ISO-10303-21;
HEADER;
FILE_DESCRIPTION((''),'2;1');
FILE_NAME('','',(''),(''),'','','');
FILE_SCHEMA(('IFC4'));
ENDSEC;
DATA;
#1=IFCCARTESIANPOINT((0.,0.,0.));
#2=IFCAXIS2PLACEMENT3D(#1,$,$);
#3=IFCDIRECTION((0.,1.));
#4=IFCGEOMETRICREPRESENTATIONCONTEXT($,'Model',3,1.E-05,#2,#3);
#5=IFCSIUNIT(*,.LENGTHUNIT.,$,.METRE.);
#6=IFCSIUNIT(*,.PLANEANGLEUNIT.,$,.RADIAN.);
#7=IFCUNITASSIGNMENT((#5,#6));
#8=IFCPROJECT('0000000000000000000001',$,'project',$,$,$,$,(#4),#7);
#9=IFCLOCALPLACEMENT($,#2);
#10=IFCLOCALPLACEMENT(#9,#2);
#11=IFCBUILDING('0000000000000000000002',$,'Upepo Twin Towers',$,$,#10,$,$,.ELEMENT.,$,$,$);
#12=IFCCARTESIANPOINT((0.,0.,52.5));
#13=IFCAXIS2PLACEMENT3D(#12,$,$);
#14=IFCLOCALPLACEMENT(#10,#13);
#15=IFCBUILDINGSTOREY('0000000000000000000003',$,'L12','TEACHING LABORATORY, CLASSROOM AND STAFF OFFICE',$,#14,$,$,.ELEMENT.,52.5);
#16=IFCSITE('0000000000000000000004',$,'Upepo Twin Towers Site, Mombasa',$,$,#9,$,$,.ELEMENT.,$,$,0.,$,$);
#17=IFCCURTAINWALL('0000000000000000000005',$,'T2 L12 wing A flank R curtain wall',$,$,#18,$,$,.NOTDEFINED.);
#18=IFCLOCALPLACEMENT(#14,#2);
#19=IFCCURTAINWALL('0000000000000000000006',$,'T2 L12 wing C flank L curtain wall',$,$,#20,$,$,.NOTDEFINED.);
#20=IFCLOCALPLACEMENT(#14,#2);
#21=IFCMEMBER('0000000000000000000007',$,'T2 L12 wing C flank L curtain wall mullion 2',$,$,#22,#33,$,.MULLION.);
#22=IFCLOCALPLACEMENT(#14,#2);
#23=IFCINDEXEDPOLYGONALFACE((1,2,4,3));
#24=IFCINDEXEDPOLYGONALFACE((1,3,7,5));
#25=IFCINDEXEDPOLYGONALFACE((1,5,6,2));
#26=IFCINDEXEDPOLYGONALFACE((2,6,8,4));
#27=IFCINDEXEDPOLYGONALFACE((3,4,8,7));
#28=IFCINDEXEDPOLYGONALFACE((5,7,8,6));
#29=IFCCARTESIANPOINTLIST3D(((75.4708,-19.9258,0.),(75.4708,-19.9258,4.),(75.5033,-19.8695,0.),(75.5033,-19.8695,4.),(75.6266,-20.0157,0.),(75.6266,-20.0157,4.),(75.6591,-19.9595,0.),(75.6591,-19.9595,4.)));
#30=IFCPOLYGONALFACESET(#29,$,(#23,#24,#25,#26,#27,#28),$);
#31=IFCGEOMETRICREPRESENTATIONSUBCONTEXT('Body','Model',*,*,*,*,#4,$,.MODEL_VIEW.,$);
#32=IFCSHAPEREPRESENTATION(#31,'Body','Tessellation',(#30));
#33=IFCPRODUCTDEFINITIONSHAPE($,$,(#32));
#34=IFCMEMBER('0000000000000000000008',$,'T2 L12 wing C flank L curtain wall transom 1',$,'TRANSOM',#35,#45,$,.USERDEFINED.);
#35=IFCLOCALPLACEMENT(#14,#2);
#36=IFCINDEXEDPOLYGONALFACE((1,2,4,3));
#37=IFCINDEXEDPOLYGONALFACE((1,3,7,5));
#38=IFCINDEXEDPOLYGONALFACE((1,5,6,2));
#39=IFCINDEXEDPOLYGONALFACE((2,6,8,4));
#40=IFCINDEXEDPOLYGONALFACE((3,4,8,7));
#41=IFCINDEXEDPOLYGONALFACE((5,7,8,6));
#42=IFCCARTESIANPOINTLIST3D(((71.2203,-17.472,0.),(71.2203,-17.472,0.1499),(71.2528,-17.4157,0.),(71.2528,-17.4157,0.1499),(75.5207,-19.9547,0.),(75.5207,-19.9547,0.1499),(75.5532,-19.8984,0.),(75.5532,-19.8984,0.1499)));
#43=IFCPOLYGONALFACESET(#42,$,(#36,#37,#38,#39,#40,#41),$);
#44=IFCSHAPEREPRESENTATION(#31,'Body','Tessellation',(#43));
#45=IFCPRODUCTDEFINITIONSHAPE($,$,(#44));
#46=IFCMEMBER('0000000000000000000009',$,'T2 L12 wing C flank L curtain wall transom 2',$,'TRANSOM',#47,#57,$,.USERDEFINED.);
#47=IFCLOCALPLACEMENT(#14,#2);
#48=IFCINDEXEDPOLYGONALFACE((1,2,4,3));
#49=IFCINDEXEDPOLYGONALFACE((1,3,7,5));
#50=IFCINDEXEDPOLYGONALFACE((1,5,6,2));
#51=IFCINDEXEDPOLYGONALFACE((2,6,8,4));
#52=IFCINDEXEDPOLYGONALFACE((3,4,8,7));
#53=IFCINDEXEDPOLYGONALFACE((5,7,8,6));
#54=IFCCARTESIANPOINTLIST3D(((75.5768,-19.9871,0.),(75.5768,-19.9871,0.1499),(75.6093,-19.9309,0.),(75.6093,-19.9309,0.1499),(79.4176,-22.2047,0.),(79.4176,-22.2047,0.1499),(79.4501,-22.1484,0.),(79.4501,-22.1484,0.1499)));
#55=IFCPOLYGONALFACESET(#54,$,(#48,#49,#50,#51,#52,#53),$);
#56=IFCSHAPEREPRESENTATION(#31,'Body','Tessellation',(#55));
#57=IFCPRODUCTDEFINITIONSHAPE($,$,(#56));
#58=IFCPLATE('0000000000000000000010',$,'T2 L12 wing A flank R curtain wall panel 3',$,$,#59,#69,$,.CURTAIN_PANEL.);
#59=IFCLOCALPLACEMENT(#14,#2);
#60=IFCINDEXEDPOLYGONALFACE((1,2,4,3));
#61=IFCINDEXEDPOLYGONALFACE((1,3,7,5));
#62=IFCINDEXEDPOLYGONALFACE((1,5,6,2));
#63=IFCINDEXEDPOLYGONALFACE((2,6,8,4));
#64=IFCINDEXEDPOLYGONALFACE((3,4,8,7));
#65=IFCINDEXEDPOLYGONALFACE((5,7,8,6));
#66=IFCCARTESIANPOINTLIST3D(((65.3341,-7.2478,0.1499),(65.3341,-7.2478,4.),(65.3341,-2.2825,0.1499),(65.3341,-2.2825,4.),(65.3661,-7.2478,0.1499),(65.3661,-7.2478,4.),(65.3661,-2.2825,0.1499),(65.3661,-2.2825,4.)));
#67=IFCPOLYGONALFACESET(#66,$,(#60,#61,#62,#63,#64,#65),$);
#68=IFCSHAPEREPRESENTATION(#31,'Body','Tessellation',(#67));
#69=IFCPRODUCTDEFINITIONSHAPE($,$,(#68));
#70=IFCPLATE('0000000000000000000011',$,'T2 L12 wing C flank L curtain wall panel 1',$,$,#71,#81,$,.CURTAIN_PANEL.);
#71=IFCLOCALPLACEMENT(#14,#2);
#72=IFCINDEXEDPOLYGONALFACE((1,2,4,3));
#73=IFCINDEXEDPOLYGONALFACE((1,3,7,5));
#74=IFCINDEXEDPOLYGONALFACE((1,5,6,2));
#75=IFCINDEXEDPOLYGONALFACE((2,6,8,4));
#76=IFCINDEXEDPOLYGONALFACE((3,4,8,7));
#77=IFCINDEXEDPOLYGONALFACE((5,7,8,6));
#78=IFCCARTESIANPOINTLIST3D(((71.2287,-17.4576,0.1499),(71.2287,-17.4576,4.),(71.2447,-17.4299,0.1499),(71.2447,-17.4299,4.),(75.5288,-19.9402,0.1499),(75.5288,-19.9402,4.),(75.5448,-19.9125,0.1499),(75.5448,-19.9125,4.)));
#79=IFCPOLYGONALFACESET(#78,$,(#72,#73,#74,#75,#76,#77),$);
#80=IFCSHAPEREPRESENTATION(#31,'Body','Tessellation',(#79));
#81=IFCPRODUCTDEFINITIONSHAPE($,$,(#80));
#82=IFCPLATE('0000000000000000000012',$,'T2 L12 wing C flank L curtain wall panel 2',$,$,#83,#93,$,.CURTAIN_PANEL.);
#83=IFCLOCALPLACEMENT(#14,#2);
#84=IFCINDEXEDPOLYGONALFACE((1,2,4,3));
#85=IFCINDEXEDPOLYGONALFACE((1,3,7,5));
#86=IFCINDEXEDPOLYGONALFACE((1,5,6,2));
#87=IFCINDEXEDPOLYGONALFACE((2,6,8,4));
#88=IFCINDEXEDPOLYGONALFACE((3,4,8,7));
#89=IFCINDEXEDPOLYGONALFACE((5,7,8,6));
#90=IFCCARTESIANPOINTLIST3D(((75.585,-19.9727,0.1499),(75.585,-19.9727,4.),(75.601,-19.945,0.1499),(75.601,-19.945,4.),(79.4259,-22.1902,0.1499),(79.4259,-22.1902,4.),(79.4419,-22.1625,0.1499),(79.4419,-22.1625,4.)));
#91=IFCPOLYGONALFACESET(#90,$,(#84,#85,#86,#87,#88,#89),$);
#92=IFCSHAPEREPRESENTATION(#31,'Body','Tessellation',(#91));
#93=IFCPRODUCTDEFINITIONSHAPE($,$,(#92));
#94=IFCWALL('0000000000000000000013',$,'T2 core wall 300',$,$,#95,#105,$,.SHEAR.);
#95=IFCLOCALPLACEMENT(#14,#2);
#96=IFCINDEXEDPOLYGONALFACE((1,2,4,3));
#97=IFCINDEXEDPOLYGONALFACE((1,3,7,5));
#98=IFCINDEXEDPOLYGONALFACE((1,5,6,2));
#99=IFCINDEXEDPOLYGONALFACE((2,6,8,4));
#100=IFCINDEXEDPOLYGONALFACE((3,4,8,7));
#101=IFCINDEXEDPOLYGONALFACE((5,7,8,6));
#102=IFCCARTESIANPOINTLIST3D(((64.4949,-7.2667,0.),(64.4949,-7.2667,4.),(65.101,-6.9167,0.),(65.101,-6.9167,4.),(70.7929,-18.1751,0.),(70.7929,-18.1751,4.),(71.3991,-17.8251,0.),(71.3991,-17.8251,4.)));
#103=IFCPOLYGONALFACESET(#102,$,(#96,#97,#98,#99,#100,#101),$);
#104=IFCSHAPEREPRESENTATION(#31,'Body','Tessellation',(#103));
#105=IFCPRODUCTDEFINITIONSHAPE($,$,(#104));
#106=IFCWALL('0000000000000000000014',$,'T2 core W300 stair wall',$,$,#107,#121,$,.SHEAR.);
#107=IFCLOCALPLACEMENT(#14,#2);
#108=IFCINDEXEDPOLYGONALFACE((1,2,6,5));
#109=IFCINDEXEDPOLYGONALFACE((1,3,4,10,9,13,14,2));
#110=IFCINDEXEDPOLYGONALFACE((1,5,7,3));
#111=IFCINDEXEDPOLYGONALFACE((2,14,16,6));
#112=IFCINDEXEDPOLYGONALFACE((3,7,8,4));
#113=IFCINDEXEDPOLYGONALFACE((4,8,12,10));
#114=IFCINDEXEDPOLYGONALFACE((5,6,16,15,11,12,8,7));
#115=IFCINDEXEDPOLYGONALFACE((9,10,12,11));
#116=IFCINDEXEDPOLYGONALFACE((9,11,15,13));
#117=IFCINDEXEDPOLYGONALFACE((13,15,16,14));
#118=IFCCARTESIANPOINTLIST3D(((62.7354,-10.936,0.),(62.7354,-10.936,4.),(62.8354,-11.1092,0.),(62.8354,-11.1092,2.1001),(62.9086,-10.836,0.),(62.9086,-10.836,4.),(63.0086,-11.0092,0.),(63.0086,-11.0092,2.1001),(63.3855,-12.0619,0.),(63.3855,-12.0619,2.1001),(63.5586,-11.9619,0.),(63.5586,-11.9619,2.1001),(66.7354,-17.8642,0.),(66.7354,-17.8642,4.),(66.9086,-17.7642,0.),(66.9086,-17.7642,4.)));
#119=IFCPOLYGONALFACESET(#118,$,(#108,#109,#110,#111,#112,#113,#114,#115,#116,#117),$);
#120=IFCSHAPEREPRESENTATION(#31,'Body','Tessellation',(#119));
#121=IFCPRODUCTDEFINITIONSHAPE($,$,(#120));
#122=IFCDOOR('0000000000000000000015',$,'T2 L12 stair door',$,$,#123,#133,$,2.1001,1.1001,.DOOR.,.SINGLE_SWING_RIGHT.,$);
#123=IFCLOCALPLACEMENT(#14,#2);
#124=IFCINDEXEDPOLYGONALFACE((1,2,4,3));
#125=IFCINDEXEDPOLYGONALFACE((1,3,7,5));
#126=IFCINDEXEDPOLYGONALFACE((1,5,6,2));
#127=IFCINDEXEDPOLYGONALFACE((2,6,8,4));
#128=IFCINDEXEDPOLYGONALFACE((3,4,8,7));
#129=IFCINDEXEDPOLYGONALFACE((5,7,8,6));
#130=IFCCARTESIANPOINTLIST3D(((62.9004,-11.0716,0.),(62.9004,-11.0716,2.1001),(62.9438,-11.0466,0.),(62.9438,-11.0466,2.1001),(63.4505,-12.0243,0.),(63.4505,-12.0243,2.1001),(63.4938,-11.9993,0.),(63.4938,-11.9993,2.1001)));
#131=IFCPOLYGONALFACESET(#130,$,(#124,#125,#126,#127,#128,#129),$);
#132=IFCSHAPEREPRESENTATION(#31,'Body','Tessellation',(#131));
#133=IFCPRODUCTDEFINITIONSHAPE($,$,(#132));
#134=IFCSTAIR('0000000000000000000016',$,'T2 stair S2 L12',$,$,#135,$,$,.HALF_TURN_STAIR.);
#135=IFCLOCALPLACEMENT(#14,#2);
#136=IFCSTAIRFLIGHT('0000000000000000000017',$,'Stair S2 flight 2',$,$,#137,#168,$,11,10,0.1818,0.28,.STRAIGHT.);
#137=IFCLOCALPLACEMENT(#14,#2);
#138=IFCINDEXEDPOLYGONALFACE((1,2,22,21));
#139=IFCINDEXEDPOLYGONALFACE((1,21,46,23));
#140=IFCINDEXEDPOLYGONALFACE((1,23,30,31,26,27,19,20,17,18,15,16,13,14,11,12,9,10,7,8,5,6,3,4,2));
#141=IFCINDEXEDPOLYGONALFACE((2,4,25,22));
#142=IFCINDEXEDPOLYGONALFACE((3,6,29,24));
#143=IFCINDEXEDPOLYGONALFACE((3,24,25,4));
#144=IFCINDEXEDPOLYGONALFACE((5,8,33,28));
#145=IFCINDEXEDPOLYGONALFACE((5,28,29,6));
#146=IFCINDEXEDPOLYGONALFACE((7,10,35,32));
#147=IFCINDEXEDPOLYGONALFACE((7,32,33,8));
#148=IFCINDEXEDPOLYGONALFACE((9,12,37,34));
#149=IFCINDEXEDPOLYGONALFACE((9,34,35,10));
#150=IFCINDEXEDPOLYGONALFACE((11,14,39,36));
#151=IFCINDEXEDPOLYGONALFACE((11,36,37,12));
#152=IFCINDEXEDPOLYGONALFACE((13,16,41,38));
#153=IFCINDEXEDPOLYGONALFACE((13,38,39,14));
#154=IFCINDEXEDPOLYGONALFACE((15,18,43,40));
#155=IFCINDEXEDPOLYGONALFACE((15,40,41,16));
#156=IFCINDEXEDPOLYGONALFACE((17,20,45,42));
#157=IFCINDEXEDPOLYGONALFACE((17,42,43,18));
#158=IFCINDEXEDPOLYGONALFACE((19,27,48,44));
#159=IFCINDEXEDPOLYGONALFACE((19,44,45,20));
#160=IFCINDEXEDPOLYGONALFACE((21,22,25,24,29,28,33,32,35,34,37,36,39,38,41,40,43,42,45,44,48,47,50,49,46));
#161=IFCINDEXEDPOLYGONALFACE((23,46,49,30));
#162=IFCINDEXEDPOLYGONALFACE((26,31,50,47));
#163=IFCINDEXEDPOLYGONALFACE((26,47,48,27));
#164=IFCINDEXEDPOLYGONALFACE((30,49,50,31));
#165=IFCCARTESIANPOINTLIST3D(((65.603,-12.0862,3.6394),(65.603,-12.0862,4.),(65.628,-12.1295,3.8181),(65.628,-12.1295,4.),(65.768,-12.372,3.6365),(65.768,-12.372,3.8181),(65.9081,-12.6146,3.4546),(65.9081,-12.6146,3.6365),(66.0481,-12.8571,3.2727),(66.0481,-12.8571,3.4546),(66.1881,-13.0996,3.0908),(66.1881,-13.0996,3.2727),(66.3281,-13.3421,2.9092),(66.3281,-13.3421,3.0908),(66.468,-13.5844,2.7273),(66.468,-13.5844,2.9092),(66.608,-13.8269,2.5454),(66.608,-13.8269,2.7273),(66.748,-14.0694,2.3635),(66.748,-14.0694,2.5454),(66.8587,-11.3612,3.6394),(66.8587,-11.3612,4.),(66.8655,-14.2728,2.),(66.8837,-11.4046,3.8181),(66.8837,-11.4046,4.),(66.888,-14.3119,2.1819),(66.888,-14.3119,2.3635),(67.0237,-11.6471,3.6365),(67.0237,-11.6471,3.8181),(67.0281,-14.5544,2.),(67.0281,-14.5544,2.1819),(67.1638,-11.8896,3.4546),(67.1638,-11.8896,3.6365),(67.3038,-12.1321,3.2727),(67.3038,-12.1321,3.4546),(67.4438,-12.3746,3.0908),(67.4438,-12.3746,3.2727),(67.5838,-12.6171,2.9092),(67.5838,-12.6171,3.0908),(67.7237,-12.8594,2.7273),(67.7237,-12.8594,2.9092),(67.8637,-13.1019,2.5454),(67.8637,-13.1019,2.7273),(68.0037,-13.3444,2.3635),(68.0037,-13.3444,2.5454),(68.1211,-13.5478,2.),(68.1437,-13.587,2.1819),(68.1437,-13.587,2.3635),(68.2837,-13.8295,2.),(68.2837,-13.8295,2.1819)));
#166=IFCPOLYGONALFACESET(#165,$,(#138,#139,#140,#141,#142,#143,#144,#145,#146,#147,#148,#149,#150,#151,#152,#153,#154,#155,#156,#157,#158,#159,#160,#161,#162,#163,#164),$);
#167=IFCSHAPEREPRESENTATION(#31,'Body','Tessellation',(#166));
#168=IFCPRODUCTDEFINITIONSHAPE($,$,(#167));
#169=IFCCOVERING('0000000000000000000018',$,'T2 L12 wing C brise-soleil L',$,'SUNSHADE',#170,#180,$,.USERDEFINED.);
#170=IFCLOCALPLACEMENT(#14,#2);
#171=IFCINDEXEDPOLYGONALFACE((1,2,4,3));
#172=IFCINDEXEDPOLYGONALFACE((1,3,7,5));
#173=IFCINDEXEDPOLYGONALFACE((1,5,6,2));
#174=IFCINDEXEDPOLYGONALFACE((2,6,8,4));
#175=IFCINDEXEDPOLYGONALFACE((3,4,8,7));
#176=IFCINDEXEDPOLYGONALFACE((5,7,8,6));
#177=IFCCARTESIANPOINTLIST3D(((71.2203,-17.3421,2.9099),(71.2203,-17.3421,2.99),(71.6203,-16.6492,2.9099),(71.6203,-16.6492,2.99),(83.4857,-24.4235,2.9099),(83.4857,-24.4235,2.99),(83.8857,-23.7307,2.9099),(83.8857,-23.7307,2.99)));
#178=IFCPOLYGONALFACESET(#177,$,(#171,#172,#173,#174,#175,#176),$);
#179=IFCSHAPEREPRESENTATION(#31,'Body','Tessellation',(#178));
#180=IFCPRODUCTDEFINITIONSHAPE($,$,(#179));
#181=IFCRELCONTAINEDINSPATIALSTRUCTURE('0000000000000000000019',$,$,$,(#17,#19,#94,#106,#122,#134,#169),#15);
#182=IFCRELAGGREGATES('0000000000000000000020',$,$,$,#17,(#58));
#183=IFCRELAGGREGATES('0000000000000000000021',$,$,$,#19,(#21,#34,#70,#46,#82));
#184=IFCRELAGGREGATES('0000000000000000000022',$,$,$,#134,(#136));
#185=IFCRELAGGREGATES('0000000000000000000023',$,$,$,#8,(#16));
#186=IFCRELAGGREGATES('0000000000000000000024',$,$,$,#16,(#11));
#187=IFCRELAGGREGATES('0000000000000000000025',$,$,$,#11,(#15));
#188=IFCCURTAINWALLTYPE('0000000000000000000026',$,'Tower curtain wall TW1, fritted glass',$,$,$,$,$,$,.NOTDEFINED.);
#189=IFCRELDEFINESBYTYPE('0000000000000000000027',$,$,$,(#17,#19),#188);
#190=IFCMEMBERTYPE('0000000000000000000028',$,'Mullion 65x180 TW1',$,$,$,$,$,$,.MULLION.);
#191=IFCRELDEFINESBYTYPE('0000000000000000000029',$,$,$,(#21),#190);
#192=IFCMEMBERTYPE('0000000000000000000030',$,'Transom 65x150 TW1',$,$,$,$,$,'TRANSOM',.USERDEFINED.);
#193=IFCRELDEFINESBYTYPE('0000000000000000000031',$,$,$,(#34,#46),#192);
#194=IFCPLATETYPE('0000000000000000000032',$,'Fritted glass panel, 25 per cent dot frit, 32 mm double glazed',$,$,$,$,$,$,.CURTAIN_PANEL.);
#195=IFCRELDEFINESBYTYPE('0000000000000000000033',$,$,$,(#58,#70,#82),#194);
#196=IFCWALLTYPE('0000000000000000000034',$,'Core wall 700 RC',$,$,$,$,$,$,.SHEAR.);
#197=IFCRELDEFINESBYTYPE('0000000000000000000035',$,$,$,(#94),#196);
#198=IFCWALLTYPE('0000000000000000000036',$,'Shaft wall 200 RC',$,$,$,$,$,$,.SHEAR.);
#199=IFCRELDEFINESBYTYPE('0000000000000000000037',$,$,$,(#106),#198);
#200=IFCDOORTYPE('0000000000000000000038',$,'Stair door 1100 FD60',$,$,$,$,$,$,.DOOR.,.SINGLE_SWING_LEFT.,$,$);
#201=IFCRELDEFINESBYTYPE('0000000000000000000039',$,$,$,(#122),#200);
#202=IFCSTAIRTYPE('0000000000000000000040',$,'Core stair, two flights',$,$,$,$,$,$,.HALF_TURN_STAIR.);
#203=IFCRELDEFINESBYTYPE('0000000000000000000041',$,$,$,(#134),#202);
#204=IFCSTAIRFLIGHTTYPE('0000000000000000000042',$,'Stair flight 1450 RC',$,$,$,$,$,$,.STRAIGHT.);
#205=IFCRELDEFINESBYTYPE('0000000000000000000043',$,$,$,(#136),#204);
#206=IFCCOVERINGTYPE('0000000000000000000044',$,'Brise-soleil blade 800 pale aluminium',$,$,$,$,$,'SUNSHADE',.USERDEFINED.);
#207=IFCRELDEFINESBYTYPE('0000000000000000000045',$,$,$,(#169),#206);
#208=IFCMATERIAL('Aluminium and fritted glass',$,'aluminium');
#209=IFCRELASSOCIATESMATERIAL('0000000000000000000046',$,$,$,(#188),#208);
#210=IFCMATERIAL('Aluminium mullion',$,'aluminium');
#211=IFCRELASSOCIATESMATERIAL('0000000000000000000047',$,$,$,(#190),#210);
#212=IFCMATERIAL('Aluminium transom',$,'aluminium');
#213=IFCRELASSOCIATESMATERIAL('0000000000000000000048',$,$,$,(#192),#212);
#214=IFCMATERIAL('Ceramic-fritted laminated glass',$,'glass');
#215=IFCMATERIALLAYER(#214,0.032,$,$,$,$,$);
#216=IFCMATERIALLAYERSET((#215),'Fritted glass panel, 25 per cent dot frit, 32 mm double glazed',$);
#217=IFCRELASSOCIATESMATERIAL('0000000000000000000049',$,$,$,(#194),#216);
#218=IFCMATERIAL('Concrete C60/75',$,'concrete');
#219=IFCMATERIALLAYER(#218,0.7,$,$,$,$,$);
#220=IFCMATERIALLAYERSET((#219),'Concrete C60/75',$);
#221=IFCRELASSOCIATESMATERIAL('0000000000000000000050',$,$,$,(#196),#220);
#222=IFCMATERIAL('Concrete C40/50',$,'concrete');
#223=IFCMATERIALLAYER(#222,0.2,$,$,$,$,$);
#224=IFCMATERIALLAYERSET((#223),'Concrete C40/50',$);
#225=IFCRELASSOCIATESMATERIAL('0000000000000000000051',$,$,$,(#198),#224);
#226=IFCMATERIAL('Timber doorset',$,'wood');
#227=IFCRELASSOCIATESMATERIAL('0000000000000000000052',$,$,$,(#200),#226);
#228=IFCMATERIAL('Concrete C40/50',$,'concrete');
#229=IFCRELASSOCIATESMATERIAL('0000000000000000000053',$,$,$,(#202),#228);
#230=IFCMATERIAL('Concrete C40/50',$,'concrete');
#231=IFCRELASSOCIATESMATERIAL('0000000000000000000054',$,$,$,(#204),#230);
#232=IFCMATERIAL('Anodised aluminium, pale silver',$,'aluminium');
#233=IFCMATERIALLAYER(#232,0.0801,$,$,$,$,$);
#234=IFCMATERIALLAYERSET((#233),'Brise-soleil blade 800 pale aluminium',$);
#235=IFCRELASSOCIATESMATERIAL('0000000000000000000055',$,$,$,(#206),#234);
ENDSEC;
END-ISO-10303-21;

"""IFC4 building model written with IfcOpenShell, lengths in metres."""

from ifc_helpers import new_model, si_unit, direction, frame, frame_2d, origin, origin_2d, place, context, subcontext, project, spatial, polyline, rectangle, outline, extrude, material, layer, layer_set, material_profile, profile_set, type_object, element, fill, aggregate, save


model = new_model("IFC4")

# Units and contexts
model_context = context("Model", 3, precision=1e-05, world=origin(), true_north=direction((0.0, 1.0)))
body_context = subcontext(model_context, "Body", "Model", "MODEL_VIEW")
ifc_project = project(units=[si_unit("LENGTHUNIT", "METRE"), si_unit("PLANEANGLEUNIT", "RADIAN")], contexts=[model_context])

# Site, building, storey
site_placement = place(None, origin())
site = spatial("IfcSite", under=ifc_project, at=site_placement, Name="Upepo Twin Towers Site, Mombasa", CompositionType="ELEMENT", RefElevation=0.0)
building_placement = place(site_placement, origin())
building = spatial("IfcBuilding", under=site, at=building_placement, Name="Upepo Twin Towers", CompositionType="ELEMENT")
storey_placement = place(building_placement, frame((0.0, 0.0, 52.5)))
storey = spatial("IfcBuildingStorey", under=building, at=storey_placement, Name="L12", Description="TEACHING LABORATORY, CLASSROOM AND STAFF OFFICE", CompositionType="ELEMENT", Elevation=52.5)

# Curtain wall
ifc_material_1 = material(Name="Aluminium and fritted glass", Category="aluminium")
curtain_wall_type = type_object("IfcCurtainWallType", Name="Tower curtain wall TW1, fritted glass", PredefinedType="NOTDEFINED", material=ifc_material_1)
curtain_wall_1_placement = place(storey_placement, origin())
curtain_wall_1 = element("IfcCurtainWall", 1, at=curtain_wall_1_placement, inside=storey, type_object=curtain_wall_type, Name="T2 L12 wing A flank R curtain wall", PredefinedType="NOTDEFINED")
ifc_material_2 = material(Name="Aluminium mullion", Category="aluminium")
ifc_material_profile_1 = material_profile(ifc_material_2, rectangle(XDim=0.0649, YDim=0.1799, at=origin_2d()), Name="MULLION 65x180")
ifc_profile_set_1 = profile_set([ifc_material_profile_1], Name="Aluminium mullion")
member_type_1 = type_object("IfcMemberType", Name="Mullion 65x180 TW1", PredefinedType="MULLION", material=ifc_profile_set_1)

# Curtain wall, members
curtain_wall_2_placement = place(storey_placement, origin())
curtain_wall_2 = element("IfcCurtainWall", 2, at=curtain_wall_2_placement, inside=storey, type_object=curtain_wall_type, Name="T2 L12 wing C flank L curtain wall", PredefinedType="NOTDEFINED")
member_1_placement = place(storey_placement, frame((75.5649, -19.9426, 0.0), z_axis=(0.0, 0.0, 1.0), x_axis=(0.5, 0.866025, 0.0)))
member_1 = element("IfcMember", 3, at=member_1_placement, type_object=member_type_1, Name="T2 L12 wing C flank L curtain wall mullion 2", PredefinedType="MULLION", context=body_context, shape_type="SweptSolid", body=[
    extrude(rectangle(XDim=0.0649, YDim=0.1799, at=origin_2d()), origin(), (0.0, 0.0, 1.0), 4.0),
])
ifc_material_3 = material(Name="Aluminium transom", Category="aluminium")
ifc_material_profile_2 = material_profile(ifc_material_3, rectangle(XDim=0.0649, YDim=0.1499, at=origin_2d()), Name="TRANSOM 65x150")
ifc_profile_set_2 = profile_set([ifc_material_profile_2], Name="Aluminium transom")
member_type_2 = type_object("IfcMemberType", Name="Transom 65x150 TW1", ElementType="TRANSOM", PredefinedType="USERDEFINED", material=ifc_profile_set_2)
member_2_placement = place(storey_placement, frame((71.2366, -17.4438, 0.075), z_axis=(0.866035, -0.499983, 0.0), x_axis=(0.499983, 0.866035, 0.0)))
member_2 = element("IfcMember", 4, at=member_2_placement, type_object=member_type_2, Name="T2 L12 wing C flank L curtain wall transom 1", ObjectType="TRANSOM", PredefinedType="USERDEFINED", context=body_context, shape_type="SweptSolid", body=[
    extrude(rectangle(XDim=0.0649, YDim=0.1499, at=origin_2d()), origin(), (0.0, 0.0, 1.0), 4.9656),
])
member_3_placement = place(storey_placement, frame((75.593, -19.959, 0.075), z_axis=(0.866022, -0.500005, 0.0), x_axis=(0.500005, 0.866022, 0.0)))
member_3 = element("IfcMember", 5, at=member_3_placement, type_object=member_type_2, Name="T2 L12 wing C flank L curtain wall transom 2", ObjectType="TRANSOM", PredefinedType="USERDEFINED", context=body_context, shape_type="SweptSolid", body=[
    extrude(rectangle(XDim=0.0649, YDim=0.1499, at=origin_2d()), origin(), (0.0, 0.0, 1.0), 4.4351),
])

# Plates
ifc_material_4 = material(Name="Ceramic-fritted laminated glass", Category="glass")
ifc_layer_1 = layer(ifc_material_4, 0.032)
ifc_layer_set_1 = layer_set([ifc_layer_1], Name="Fritted glass panel, 25 per cent dot frit, 32 mm double glazed")
plate_type = type_object("IfcPlateType", Name="Fritted glass panel, 25 per cent dot frit, 32 mm double glazed", PredefinedType="CURTAIN_PANEL", material=ifc_layer_set_1)
plate_1_placement = place(storey_placement, frame((65.3501, -4.7651, 0.1499), z_axis=(0.0, 0.0, 1.0), x_axis=(0.0, -1.0, 0.0)))
plate_1 = element("IfcPlate", 6, at=plate_1_placement, type_object=plate_type, Name="T2 L12 wing A flank R curtain wall panel 3", PredefinedType="CURTAIN_PANEL", context=body_context, shape_type="SweptSolid", body=[
    extrude(rectangle(XDim=4.9653, YDim=0.032, at=origin_2d()), origin(), (0.0, 0.0, 1.0), 3.8501),
])
aggregate(curtain_wall_1, [plate_1])
plate_2_placement = place(storey_placement, frame((73.3867, -18.6851, 0.1499), z_axis=(0.0, 0.0, 1.0), x_axis=(0.866025, -0.5, 0.0)))
plate_2 = element("IfcPlate", 7, at=plate_2_placement, type_object=plate_type, Name="T2 L12 wing C flank L curtain wall panel 1", PredefinedType="CURTAIN_PANEL", context=body_context, shape_type="SweptSolid", body=[
    extrude(rectangle(XDim=4.9653, YDim=0.032, at=origin_2d()), origin(), (0.0, 0.0, 1.0), 3.8501),
])
plate_3_placement = place(storey_placement, frame((77.5134, -21.0676, 0.1499), z_axis=(0.0, 0.0, 1.0), x_axis=(0.866025, -0.5, 0.0)))
plate_3 = element("IfcPlate", 8, at=plate_3_placement, type_object=plate_type, Name="T2 L12 wing C flank L curtain wall panel 2", PredefinedType="CURTAIN_PANEL", context=body_context, shape_type="SweptSolid", body=[
    extrude(rectangle(XDim=4.4351, YDim=0.032, at=origin_2d()), origin(), (0.0, 0.0, 1.0), 3.8501),
])
aggregate(curtain_wall_2, [member_1, member_2, plate_2, member_3, plate_3])

# Wall
ifc_material_5 = material(Name="Concrete C60/75", Category="concrete")
ifc_layer_2 = layer(ifc_material_5, 0.7)
ifc_layer_set_2 = layer_set([ifc_layer_2], Name="Concrete C60/75")
wall_type_1 = type_object("IfcWallType", Name="Core wall 700 RC", PredefinedType="SHEAR", material=ifc_layer_set_2)
wall_1_placement = place(storey_placement, frame((71.0959, -18.0, 0.0), z_axis=(0.0, 0.0, 1.0), x_axis=(-0.500006, 0.866022, 0.0)))
element("IfcWall", 9, at=wall_1_placement, inside=storey, type_object=wall_type_1, Name="T2 core wall 300", PredefinedType="SHEAR", context=body_context, shape_type="SweptSolid", body=[
    extrude(rectangle(XDim=12.5959, YDim=0.7, at=frame_2d((6.2979, 0.0))), origin(), (0.0, 0.0, 1.0), 4.0),
])

# Wall, opening, door
ifc_material_6 = material(Name="Concrete C40/50", Category="concrete")
ifc_layer_3 = layer(ifc_material_6, 0.2)
ifc_layer_set_3 = layer_set([ifc_layer_3], Name="Concrete C40/50")
wall_type_2 = type_object("IfcWallType", Name="Shaft wall 200 RC", PredefinedType="SHEAR", material=ifc_layer_set_3)
wall_2_placement = place(storey_placement, frame((66.822, -17.8142, 0.0), z_axis=(0.0, 0.0, 1.0), x_axis=(-0.499999, 0.866026, 0.0)))
wall_2 = element("IfcWall", 10, at=wall_2_placement, inside=storey, type_object=wall_type_2, Name="T2 core W300 stair wall", PredefinedType="SHEAR", context=body_context, shape_type="SweptSolid", body=[
    extrude(rectangle(XDim=8.0, YDim=0.2, at=frame_2d((4.0, 0.0))), origin(), (0.0, 0.0, 1.0), 4.0),
])
opening_placement = place(wall_2_placement, frame((6.7, 0.0, 0.0)))
opening = element("IfcOpeningElement", 11, at=opening_placement, cuts=wall_2, PredefinedType="OPENING", context=body_context, shape_type="SweptSolid", body=[
    extrude(rectangle(XDim=1.1001, YDim=2.1001, at=frame_2d((0.55, 1.05))), frame((0.0, 0.1099, 0.0), z_axis=(0.0, -1.0, 0.0), x_axis=(1.0, 0.0, 0.0)), (0.0, 0.0, 1.0), 0.22),
])
ifc_material_7 = material(Name="Timber doorset", Category="wood")
door_type = type_object("IfcDoorType", Name="Stair door 1100 FD60", OperationType="SINGLE_SWING_LEFT", PredefinedType="DOOR", material=ifc_material_7)
door_placement = place(opening_placement, origin())
door = element("IfcDoor", 12, at=door_placement, inside=storey, type_object=door_type, Name="T2 L12 stair door", OperationType="SINGLE_SWING_RIGHT", OverallHeight=2.1001, OverallWidth=1.1001, PredefinedType="DOOR", context=body_context, shape_type="SweptSolid", body=[
    extrude(rectangle(XDim=1.1001, YDim=2.1001, at=frame_2d((0.55, 1.05))), frame((0.0, 0.0249, 0.0), z_axis=(0.0, -1.0, 0.0), x_axis=(1.0, 0.0, 0.0)), (0.0, 0.0, 1.0), 0.05),
])
fill(opening, door)

# Stair, stair flight
ifc_material_8 = material(Name="Concrete C40/50", Category="concrete")
stair_type = type_object("IfcStairType", Name="Core stair, two flights", PredefinedType="HALF_TURN_STAIR", material=ifc_material_8)
stair_placement = place(storey_placement, origin())
stair = element("IfcStair", 13, at=stair_placement, inside=storey, type_object=stair_type, Name="T2 stair S2 L12", PredefinedType="HALF_TURN_STAIR")
ifc_material_9 = material(Name="Concrete C40/50", Category="concrete")
stair_flight_type = type_object("IfcStairFlightType", Name="Stair flight 1450 RC", PredefinedType="STRAIGHT", material=ifc_material_9)
stair_flight_placement = place(storey_placement, frame((67.656, -14.1919, 2.0), z_axis=(0.0, 0.0, 1.0), x_axis=(-0.5, 0.866025, 0.0)))
stair_flight = element("IfcStairFlight", 14, at=stair_flight_placement, type_object=stair_flight_type, Name="Stair S2 flight 2", NumberOfRisers=11, NumberOfTreads=10, PredefinedType="STRAIGHT", RiserHeight=0.1818, TreadLength=0.28, context=body_context, shape_type="SweptSolid", body=[
    extrude(outline(polyline([(0.0, 0.0), (0.0, 0.1819), (0.28, 0.1819), (0.28, 0.3635), (0.5601, 0.3635), (0.5601, 0.5454), (0.8401, 0.5454), (0.8401, 0.7273), (1.1201, 0.7273), (1.1201, 0.9092), (1.3999, 0.9092), (1.3999, 1.0908), (1.6799, 1.0908), (1.6799, 1.2727), (1.96, 1.2727), (1.96, 1.4546), (2.24, 1.4546), (2.24, 1.6365), (2.52, 1.6365), (2.52, 1.8181), (2.8, 1.8181), (2.8, 2.0), (2.8501, 2.0), (2.8501, 1.6394), (0.3252, 0.0), (0.0, 0.0)])), frame((0.0, 0.7251, 0.0), z_axis=(0.0, -1.0, 0.0), x_axis=(1.0, 0.0, 0.0)), (0.0, 0.0, 1.0), 1.45),
])
aggregate(stair, [stair_flight])

# Covering
ifc_material_10 = material(Name="Anodised aluminium, pale silver", Category="aluminium")
ifc_layer_4 = layer(ifc_material_10, 0.0801)
ifc_layer_set_4 = layer_set([ifc_layer_4], Name="Brise-soleil blade 800 pale aluminium")
covering_type = type_object("IfcCoveringType", Name="Brise-soleil blade 800 pale aluminium", ElementType="SUNSHADE", PredefinedType="USERDEFINED", material=ifc_layer_set_4)
covering_placement = place(storey_placement, frame((77.553, -20.5364, 2.9099), z_axis=(0.0, 0.0, 1.0), x_axis=(0.866025, -0.5, 0.0)))
element("IfcCovering", 15, at=covering_placement, inside=storey, type_object=covering_type, Name="T2 L12 wing C brise-soleil L", ObjectType="SUNSHADE", PredefinedType="USERDEFINED", context=body_context, shape_type="SweptSolid", body=[
    extrude(rectangle(XDim=14.1628, YDim=0.8, at=origin_2d()), origin(), (0.0, 0.0, 1.0), 0.0801),
])

save(model, "model.ifc")
